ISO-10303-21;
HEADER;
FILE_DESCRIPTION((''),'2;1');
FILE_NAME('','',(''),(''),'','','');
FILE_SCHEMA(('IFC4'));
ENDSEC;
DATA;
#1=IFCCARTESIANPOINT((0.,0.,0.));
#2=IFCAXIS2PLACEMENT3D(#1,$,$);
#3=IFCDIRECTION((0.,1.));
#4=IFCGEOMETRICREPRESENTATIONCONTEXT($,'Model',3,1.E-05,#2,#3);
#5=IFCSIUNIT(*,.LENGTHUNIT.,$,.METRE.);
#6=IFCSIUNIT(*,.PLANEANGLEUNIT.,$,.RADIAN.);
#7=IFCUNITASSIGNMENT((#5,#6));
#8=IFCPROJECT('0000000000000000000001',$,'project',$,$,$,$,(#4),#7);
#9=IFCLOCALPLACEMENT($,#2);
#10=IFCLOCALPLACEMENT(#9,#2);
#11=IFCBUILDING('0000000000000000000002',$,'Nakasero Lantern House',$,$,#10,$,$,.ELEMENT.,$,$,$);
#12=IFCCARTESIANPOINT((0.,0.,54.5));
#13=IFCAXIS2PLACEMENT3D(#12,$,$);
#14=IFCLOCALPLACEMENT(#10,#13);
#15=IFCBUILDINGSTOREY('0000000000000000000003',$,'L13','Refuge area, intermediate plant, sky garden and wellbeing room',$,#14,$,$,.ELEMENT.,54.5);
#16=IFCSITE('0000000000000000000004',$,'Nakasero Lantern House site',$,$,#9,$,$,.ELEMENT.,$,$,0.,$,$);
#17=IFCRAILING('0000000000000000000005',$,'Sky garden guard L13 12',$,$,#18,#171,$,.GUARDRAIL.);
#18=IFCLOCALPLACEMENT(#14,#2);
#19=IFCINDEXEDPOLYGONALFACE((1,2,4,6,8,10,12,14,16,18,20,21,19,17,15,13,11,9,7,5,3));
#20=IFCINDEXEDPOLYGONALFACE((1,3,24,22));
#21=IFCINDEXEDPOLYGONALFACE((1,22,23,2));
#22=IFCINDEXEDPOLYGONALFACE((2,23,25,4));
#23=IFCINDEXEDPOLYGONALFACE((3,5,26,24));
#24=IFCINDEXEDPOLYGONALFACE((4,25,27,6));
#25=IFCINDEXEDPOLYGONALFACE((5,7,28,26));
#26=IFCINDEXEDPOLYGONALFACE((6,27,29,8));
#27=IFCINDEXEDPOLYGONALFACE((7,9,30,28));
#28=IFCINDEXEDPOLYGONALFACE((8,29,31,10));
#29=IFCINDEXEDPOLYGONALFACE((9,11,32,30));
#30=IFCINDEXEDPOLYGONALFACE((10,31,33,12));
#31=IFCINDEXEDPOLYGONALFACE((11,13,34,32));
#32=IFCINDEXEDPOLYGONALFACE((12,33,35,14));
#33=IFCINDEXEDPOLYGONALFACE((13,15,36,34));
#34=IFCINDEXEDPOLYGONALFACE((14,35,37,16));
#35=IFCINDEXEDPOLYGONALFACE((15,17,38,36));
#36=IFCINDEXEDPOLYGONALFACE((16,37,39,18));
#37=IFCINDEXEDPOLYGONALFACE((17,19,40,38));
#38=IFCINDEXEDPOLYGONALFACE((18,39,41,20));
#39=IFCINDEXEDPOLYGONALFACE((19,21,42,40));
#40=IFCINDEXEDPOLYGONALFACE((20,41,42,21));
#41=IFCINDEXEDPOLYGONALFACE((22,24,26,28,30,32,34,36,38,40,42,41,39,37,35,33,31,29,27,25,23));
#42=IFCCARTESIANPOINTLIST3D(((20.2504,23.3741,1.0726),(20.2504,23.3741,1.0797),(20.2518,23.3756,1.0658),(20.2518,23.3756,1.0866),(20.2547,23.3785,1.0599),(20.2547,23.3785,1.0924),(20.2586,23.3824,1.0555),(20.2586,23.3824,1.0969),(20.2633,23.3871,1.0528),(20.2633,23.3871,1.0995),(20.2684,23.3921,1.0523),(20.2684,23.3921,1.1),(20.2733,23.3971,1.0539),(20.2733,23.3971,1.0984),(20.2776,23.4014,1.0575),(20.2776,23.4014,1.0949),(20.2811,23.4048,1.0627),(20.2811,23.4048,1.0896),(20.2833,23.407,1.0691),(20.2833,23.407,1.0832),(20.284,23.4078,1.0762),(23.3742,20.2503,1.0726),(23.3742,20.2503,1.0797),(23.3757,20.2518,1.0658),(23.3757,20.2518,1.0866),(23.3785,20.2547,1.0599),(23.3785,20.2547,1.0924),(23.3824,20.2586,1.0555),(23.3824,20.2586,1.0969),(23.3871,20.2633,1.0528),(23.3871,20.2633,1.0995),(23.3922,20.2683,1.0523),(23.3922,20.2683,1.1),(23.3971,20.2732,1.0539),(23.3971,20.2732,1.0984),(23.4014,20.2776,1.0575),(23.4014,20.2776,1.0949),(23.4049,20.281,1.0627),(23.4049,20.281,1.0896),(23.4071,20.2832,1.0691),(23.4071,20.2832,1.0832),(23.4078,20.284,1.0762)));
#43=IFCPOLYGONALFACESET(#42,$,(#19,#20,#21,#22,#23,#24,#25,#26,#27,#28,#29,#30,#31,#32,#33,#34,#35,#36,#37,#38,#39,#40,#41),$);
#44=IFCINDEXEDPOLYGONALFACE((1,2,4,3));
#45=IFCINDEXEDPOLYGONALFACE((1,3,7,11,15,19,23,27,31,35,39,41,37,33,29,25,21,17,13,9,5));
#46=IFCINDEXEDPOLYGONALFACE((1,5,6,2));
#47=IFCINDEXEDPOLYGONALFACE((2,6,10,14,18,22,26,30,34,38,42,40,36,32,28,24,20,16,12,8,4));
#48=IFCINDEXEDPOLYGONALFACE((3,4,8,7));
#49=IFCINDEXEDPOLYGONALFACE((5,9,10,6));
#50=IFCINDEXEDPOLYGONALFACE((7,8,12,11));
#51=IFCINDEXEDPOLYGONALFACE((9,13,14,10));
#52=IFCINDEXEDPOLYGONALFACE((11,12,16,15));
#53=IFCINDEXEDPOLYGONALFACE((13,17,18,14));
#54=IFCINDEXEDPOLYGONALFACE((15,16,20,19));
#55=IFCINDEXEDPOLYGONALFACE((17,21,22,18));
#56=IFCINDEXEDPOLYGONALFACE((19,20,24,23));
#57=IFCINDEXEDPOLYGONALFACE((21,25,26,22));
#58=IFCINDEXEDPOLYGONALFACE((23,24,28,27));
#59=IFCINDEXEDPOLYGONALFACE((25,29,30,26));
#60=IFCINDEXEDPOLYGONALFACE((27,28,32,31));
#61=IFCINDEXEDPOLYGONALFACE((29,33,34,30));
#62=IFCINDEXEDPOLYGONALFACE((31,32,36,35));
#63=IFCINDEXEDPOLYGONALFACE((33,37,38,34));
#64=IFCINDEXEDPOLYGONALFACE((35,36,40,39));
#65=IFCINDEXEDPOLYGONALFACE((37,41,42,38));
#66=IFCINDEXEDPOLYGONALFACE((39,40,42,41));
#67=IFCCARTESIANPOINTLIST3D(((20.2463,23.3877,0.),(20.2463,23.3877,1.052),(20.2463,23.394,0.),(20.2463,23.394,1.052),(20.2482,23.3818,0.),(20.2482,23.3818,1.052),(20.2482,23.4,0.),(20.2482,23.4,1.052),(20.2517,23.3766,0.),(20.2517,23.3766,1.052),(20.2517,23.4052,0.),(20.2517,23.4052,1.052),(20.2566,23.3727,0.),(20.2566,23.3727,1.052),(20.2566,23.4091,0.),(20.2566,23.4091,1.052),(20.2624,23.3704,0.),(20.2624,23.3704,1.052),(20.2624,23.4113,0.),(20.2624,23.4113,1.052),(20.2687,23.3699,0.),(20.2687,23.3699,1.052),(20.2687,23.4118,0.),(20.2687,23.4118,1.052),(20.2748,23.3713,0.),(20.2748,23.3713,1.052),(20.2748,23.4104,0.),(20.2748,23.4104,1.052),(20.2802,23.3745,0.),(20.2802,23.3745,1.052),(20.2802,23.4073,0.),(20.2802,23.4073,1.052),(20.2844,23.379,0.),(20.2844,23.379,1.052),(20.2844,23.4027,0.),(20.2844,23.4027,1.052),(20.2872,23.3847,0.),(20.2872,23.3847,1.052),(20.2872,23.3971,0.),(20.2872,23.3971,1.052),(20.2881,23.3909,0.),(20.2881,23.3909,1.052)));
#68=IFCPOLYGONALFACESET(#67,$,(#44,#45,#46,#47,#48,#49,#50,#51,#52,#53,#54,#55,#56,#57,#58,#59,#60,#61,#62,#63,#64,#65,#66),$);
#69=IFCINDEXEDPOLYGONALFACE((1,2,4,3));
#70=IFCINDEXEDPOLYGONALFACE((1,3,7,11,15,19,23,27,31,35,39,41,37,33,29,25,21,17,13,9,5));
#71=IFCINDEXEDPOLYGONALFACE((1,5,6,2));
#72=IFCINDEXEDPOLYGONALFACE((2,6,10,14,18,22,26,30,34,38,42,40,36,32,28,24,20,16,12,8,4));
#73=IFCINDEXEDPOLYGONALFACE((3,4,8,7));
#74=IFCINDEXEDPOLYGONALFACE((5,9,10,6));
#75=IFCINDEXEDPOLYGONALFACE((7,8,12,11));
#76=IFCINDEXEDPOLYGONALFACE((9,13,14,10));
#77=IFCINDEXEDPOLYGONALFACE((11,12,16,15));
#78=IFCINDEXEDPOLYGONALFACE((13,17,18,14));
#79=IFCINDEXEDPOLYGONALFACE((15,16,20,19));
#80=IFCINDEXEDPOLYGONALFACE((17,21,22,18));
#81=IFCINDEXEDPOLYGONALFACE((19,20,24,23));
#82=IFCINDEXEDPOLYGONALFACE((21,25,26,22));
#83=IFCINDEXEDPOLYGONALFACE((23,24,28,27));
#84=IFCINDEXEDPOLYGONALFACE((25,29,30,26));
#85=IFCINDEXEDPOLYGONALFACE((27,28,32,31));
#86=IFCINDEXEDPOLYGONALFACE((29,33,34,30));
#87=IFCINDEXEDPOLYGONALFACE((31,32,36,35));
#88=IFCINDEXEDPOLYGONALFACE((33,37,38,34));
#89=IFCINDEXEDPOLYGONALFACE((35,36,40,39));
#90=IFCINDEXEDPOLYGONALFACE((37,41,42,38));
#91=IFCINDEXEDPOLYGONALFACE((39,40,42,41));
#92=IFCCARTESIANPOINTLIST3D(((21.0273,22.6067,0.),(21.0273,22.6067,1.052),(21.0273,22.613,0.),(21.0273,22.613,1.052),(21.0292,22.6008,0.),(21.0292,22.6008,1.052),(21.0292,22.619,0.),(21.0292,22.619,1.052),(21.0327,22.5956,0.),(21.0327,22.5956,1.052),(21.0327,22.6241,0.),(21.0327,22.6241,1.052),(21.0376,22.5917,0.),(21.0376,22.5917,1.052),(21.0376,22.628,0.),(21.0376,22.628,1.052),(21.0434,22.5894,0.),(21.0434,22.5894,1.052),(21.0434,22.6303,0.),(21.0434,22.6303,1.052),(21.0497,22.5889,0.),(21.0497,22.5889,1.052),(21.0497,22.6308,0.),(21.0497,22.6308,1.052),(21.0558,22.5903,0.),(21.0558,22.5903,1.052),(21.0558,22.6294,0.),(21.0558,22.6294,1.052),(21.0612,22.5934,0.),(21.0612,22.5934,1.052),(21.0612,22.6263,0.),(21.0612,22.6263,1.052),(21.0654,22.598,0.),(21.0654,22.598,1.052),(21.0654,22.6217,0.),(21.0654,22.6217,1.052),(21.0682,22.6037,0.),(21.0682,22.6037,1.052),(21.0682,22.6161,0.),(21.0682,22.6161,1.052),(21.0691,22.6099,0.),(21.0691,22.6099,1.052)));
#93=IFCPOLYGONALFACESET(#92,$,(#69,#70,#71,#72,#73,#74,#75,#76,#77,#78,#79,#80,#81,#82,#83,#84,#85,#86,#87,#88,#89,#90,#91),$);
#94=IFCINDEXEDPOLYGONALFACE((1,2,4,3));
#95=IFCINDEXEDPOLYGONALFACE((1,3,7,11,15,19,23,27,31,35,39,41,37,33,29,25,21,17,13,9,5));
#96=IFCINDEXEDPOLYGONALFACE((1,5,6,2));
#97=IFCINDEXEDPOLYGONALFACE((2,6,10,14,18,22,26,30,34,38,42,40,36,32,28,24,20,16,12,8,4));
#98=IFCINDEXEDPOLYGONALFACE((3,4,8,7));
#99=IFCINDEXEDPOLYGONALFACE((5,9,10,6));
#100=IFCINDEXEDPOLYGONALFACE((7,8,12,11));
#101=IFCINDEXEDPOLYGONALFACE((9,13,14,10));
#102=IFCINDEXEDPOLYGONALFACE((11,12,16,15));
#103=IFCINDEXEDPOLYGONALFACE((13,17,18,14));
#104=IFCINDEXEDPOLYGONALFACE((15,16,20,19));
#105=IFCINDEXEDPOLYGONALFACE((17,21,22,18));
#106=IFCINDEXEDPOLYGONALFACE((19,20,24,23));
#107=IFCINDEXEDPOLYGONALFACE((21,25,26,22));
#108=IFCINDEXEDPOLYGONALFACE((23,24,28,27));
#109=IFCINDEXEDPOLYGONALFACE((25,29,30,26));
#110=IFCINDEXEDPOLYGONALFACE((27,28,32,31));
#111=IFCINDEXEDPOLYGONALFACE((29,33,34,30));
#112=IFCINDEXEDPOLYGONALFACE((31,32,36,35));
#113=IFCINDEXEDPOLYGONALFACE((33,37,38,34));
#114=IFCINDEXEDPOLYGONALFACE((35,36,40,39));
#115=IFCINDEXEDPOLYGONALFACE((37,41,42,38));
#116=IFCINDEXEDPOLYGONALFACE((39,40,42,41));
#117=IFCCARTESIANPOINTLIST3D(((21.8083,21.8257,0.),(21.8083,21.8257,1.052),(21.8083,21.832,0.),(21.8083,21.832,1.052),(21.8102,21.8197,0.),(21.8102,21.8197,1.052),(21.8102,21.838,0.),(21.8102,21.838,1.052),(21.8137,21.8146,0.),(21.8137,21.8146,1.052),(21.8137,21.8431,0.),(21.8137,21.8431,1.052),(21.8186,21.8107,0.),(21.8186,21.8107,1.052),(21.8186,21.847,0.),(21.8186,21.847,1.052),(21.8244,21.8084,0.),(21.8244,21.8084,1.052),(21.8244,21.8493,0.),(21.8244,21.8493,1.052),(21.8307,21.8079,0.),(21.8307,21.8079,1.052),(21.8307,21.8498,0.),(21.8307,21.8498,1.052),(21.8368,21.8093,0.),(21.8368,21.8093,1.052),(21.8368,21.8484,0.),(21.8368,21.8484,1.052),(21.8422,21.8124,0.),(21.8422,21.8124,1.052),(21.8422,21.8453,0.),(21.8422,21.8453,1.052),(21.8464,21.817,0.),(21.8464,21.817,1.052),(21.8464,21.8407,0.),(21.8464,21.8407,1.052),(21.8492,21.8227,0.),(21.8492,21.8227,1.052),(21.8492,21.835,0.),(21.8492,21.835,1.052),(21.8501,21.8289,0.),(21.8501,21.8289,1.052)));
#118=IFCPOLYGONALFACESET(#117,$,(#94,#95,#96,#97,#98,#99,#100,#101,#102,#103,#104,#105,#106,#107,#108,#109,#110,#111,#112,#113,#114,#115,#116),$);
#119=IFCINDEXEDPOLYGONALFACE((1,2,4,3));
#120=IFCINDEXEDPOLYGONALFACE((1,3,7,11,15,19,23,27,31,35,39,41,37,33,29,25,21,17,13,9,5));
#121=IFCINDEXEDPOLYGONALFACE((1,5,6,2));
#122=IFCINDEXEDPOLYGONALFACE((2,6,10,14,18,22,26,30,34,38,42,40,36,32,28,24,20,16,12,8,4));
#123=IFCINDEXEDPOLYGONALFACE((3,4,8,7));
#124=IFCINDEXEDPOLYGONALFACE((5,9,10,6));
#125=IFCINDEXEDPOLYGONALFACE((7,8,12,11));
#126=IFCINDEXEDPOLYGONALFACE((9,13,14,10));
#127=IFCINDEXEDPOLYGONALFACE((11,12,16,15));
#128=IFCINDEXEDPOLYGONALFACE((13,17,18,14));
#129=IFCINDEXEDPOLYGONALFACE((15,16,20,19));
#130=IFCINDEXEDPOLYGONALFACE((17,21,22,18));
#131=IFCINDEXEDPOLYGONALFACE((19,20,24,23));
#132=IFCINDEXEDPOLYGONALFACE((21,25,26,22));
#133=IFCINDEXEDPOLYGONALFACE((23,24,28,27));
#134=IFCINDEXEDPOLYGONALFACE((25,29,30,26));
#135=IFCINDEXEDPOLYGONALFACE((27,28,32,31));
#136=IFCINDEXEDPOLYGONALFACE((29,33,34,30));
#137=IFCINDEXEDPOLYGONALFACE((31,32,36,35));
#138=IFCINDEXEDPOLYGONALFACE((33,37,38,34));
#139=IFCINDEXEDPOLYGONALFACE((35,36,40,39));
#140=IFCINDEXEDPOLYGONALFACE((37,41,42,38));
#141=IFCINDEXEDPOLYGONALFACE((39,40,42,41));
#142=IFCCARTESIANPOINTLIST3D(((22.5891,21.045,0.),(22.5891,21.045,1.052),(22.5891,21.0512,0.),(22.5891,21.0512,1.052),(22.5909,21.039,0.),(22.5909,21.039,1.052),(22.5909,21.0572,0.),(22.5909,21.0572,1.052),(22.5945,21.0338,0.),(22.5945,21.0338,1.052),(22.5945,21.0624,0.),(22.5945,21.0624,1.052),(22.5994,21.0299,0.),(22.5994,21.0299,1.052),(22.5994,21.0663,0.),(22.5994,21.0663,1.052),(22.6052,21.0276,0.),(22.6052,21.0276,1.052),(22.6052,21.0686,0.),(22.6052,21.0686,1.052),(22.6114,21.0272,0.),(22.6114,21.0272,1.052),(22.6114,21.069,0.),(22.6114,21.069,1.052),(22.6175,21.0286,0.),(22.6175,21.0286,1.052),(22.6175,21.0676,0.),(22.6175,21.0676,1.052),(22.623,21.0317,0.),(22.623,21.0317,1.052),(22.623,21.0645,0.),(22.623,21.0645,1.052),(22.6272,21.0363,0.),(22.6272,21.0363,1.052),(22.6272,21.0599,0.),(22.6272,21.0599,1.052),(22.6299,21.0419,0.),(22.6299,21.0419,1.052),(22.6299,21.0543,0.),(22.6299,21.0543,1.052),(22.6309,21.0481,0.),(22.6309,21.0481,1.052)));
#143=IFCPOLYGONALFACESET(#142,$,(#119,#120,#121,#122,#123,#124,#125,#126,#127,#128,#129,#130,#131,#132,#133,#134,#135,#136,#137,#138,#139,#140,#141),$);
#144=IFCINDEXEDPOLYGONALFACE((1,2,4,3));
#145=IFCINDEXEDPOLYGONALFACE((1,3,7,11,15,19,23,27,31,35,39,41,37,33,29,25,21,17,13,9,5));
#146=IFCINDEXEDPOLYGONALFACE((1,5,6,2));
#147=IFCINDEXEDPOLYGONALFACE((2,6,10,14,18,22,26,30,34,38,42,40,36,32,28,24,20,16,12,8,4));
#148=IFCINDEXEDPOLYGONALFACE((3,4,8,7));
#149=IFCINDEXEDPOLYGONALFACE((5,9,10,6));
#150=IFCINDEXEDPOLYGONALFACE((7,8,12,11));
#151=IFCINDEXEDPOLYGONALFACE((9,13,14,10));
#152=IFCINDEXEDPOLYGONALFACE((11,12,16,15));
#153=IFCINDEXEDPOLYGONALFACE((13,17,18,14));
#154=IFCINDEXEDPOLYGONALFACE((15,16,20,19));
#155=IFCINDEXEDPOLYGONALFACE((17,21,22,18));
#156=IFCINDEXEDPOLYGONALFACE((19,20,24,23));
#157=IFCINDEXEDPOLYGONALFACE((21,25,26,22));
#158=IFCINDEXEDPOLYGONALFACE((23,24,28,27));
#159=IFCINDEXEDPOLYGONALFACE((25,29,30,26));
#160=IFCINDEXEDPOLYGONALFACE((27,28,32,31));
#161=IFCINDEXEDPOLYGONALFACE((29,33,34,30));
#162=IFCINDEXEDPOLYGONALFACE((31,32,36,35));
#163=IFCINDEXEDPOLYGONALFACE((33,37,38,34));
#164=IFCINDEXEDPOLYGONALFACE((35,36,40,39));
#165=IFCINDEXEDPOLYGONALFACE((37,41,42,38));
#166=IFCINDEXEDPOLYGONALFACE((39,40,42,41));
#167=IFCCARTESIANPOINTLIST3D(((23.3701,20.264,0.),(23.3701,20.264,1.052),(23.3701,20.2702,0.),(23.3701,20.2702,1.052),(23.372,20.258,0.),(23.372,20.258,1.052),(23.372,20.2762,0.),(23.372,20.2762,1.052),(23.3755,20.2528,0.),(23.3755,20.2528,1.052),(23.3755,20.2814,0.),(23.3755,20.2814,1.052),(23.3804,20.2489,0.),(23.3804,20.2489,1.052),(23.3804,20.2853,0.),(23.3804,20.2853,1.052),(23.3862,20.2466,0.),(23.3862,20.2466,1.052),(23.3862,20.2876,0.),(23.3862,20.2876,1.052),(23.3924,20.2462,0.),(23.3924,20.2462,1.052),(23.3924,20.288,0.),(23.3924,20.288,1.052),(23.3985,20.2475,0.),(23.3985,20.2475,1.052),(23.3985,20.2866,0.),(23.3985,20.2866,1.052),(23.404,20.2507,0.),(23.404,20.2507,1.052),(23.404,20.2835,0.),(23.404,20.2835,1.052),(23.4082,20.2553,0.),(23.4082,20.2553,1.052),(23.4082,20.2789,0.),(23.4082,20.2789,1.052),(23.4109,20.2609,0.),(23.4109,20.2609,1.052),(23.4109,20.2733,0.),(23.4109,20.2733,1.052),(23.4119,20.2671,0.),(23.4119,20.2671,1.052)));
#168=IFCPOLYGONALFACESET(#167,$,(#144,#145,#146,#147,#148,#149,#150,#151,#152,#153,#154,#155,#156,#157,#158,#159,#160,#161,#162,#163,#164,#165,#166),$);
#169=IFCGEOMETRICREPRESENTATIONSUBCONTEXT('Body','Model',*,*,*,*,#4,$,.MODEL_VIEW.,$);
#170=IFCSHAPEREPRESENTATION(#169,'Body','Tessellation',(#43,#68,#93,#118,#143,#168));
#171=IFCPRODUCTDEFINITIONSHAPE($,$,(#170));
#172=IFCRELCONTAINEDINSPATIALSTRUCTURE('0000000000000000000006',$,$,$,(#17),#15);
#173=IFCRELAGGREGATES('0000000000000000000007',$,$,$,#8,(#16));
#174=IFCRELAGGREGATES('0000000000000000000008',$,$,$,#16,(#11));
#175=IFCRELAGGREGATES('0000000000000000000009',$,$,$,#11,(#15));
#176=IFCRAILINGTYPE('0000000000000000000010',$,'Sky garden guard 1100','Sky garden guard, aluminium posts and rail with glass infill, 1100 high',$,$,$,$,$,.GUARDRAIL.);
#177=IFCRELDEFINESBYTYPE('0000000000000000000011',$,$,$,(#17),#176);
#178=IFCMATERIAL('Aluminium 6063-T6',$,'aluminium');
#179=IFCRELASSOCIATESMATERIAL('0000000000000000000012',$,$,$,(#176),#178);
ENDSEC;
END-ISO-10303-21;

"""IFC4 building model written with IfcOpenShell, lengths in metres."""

from ifc_helpers import new_model, si_unit, direction, frame, origin, origin_2d, place, context, subcontext, project, spatial, circle, extrude, material, type_object, element, save


model = new_model("IFC4")

# Units and contexts
model_context = context("Model", 3, precision=1e-05, world=origin(), true_north=direction((0.0, 1.0)))
body_context = subcontext(model_context, "Body", "Model", "MODEL_VIEW")
ifc_project = project(units=[si_unit("LENGTHUNIT", "METRE"), si_unit("PLANEANGLEUNIT", "RADIAN")], contexts=[model_context])

# Site, building, storey
site_placement = place(None, origin())
site = spatial("IfcSite", under=ifc_project, at=site_placement, Name="Nakasero Lantern House site", CompositionType="ELEMENT", RefElevation=0.0)
building_placement = place(site_placement, origin())
building = spatial("IfcBuilding", under=site, at=building_placement, Name="Nakasero Lantern House", CompositionType="ELEMENT")
storey_placement = place(building_placement, frame((0.0, 0.0, 54.5)))
storey = spatial("IfcBuildingStorey", under=building, at=storey_placement, Name="L13", Description="Refuge area, intermediate plant, sky garden and wellbeing room", CompositionType="ELEMENT", Elevation=54.5)

# Railing
ifc_material_1 = material(Name="Aluminium 6063-T6", Category="aluminium")
railing_type = type_object("IfcRailingType", Name="Sky garden guard 1100", Description="Sky garden guard, aluminium posts and rail with glass infill, 1100 high", PredefinedType="GUARDRAIL", material=ifc_material_1)
railing_1_placement = place(storey_placement, frame((20.2671, 23.3909, 0.0)))
element("IfcRailing", 1, at=railing_1_placement, inside=storey, type_object=railing_type, Name="Sky garden guard L13 12", PredefinedType="GUARDRAIL", context=body_context, shape_type="SweptSolid", body=[
    extrude(circle(Radius=0.0239, at=origin_2d()), frame((0.0, 0.0, 1.0762), z_axis=(0.707107, -0.707107, 0.0), x_axis=(0.707107, 0.707107, 0.0)), (0.0, 0.0, 1.0), 4.4177),
    extrude(circle(Radius=0.021, at=origin_2d()), origin(), (0.0, 0.0, 1.0), 1.052),
    extrude(circle(Radius=0.021, at=origin_2d()), frame((0.781, -0.781, 0.0)), (0.0, 0.0, 1.0), 1.052),
    extrude(circle(Radius=0.021, at=origin_2d()), frame((1.562, -1.562, 0.0)), (0.0, 0.0, 1.0), 1.052),
    extrude(circle(Radius=0.021, at=origin_2d()), frame((2.3428, -2.3428, 0.0)), (0.0, 0.0, 1.0), 1.052),
    extrude(circle(Radius=0.021, at=origin_2d()), frame((3.1238, -3.1238, 0.0)), (0.0, 0.0, 1.0), 1.052),
])

save(model, "model.ifc")
